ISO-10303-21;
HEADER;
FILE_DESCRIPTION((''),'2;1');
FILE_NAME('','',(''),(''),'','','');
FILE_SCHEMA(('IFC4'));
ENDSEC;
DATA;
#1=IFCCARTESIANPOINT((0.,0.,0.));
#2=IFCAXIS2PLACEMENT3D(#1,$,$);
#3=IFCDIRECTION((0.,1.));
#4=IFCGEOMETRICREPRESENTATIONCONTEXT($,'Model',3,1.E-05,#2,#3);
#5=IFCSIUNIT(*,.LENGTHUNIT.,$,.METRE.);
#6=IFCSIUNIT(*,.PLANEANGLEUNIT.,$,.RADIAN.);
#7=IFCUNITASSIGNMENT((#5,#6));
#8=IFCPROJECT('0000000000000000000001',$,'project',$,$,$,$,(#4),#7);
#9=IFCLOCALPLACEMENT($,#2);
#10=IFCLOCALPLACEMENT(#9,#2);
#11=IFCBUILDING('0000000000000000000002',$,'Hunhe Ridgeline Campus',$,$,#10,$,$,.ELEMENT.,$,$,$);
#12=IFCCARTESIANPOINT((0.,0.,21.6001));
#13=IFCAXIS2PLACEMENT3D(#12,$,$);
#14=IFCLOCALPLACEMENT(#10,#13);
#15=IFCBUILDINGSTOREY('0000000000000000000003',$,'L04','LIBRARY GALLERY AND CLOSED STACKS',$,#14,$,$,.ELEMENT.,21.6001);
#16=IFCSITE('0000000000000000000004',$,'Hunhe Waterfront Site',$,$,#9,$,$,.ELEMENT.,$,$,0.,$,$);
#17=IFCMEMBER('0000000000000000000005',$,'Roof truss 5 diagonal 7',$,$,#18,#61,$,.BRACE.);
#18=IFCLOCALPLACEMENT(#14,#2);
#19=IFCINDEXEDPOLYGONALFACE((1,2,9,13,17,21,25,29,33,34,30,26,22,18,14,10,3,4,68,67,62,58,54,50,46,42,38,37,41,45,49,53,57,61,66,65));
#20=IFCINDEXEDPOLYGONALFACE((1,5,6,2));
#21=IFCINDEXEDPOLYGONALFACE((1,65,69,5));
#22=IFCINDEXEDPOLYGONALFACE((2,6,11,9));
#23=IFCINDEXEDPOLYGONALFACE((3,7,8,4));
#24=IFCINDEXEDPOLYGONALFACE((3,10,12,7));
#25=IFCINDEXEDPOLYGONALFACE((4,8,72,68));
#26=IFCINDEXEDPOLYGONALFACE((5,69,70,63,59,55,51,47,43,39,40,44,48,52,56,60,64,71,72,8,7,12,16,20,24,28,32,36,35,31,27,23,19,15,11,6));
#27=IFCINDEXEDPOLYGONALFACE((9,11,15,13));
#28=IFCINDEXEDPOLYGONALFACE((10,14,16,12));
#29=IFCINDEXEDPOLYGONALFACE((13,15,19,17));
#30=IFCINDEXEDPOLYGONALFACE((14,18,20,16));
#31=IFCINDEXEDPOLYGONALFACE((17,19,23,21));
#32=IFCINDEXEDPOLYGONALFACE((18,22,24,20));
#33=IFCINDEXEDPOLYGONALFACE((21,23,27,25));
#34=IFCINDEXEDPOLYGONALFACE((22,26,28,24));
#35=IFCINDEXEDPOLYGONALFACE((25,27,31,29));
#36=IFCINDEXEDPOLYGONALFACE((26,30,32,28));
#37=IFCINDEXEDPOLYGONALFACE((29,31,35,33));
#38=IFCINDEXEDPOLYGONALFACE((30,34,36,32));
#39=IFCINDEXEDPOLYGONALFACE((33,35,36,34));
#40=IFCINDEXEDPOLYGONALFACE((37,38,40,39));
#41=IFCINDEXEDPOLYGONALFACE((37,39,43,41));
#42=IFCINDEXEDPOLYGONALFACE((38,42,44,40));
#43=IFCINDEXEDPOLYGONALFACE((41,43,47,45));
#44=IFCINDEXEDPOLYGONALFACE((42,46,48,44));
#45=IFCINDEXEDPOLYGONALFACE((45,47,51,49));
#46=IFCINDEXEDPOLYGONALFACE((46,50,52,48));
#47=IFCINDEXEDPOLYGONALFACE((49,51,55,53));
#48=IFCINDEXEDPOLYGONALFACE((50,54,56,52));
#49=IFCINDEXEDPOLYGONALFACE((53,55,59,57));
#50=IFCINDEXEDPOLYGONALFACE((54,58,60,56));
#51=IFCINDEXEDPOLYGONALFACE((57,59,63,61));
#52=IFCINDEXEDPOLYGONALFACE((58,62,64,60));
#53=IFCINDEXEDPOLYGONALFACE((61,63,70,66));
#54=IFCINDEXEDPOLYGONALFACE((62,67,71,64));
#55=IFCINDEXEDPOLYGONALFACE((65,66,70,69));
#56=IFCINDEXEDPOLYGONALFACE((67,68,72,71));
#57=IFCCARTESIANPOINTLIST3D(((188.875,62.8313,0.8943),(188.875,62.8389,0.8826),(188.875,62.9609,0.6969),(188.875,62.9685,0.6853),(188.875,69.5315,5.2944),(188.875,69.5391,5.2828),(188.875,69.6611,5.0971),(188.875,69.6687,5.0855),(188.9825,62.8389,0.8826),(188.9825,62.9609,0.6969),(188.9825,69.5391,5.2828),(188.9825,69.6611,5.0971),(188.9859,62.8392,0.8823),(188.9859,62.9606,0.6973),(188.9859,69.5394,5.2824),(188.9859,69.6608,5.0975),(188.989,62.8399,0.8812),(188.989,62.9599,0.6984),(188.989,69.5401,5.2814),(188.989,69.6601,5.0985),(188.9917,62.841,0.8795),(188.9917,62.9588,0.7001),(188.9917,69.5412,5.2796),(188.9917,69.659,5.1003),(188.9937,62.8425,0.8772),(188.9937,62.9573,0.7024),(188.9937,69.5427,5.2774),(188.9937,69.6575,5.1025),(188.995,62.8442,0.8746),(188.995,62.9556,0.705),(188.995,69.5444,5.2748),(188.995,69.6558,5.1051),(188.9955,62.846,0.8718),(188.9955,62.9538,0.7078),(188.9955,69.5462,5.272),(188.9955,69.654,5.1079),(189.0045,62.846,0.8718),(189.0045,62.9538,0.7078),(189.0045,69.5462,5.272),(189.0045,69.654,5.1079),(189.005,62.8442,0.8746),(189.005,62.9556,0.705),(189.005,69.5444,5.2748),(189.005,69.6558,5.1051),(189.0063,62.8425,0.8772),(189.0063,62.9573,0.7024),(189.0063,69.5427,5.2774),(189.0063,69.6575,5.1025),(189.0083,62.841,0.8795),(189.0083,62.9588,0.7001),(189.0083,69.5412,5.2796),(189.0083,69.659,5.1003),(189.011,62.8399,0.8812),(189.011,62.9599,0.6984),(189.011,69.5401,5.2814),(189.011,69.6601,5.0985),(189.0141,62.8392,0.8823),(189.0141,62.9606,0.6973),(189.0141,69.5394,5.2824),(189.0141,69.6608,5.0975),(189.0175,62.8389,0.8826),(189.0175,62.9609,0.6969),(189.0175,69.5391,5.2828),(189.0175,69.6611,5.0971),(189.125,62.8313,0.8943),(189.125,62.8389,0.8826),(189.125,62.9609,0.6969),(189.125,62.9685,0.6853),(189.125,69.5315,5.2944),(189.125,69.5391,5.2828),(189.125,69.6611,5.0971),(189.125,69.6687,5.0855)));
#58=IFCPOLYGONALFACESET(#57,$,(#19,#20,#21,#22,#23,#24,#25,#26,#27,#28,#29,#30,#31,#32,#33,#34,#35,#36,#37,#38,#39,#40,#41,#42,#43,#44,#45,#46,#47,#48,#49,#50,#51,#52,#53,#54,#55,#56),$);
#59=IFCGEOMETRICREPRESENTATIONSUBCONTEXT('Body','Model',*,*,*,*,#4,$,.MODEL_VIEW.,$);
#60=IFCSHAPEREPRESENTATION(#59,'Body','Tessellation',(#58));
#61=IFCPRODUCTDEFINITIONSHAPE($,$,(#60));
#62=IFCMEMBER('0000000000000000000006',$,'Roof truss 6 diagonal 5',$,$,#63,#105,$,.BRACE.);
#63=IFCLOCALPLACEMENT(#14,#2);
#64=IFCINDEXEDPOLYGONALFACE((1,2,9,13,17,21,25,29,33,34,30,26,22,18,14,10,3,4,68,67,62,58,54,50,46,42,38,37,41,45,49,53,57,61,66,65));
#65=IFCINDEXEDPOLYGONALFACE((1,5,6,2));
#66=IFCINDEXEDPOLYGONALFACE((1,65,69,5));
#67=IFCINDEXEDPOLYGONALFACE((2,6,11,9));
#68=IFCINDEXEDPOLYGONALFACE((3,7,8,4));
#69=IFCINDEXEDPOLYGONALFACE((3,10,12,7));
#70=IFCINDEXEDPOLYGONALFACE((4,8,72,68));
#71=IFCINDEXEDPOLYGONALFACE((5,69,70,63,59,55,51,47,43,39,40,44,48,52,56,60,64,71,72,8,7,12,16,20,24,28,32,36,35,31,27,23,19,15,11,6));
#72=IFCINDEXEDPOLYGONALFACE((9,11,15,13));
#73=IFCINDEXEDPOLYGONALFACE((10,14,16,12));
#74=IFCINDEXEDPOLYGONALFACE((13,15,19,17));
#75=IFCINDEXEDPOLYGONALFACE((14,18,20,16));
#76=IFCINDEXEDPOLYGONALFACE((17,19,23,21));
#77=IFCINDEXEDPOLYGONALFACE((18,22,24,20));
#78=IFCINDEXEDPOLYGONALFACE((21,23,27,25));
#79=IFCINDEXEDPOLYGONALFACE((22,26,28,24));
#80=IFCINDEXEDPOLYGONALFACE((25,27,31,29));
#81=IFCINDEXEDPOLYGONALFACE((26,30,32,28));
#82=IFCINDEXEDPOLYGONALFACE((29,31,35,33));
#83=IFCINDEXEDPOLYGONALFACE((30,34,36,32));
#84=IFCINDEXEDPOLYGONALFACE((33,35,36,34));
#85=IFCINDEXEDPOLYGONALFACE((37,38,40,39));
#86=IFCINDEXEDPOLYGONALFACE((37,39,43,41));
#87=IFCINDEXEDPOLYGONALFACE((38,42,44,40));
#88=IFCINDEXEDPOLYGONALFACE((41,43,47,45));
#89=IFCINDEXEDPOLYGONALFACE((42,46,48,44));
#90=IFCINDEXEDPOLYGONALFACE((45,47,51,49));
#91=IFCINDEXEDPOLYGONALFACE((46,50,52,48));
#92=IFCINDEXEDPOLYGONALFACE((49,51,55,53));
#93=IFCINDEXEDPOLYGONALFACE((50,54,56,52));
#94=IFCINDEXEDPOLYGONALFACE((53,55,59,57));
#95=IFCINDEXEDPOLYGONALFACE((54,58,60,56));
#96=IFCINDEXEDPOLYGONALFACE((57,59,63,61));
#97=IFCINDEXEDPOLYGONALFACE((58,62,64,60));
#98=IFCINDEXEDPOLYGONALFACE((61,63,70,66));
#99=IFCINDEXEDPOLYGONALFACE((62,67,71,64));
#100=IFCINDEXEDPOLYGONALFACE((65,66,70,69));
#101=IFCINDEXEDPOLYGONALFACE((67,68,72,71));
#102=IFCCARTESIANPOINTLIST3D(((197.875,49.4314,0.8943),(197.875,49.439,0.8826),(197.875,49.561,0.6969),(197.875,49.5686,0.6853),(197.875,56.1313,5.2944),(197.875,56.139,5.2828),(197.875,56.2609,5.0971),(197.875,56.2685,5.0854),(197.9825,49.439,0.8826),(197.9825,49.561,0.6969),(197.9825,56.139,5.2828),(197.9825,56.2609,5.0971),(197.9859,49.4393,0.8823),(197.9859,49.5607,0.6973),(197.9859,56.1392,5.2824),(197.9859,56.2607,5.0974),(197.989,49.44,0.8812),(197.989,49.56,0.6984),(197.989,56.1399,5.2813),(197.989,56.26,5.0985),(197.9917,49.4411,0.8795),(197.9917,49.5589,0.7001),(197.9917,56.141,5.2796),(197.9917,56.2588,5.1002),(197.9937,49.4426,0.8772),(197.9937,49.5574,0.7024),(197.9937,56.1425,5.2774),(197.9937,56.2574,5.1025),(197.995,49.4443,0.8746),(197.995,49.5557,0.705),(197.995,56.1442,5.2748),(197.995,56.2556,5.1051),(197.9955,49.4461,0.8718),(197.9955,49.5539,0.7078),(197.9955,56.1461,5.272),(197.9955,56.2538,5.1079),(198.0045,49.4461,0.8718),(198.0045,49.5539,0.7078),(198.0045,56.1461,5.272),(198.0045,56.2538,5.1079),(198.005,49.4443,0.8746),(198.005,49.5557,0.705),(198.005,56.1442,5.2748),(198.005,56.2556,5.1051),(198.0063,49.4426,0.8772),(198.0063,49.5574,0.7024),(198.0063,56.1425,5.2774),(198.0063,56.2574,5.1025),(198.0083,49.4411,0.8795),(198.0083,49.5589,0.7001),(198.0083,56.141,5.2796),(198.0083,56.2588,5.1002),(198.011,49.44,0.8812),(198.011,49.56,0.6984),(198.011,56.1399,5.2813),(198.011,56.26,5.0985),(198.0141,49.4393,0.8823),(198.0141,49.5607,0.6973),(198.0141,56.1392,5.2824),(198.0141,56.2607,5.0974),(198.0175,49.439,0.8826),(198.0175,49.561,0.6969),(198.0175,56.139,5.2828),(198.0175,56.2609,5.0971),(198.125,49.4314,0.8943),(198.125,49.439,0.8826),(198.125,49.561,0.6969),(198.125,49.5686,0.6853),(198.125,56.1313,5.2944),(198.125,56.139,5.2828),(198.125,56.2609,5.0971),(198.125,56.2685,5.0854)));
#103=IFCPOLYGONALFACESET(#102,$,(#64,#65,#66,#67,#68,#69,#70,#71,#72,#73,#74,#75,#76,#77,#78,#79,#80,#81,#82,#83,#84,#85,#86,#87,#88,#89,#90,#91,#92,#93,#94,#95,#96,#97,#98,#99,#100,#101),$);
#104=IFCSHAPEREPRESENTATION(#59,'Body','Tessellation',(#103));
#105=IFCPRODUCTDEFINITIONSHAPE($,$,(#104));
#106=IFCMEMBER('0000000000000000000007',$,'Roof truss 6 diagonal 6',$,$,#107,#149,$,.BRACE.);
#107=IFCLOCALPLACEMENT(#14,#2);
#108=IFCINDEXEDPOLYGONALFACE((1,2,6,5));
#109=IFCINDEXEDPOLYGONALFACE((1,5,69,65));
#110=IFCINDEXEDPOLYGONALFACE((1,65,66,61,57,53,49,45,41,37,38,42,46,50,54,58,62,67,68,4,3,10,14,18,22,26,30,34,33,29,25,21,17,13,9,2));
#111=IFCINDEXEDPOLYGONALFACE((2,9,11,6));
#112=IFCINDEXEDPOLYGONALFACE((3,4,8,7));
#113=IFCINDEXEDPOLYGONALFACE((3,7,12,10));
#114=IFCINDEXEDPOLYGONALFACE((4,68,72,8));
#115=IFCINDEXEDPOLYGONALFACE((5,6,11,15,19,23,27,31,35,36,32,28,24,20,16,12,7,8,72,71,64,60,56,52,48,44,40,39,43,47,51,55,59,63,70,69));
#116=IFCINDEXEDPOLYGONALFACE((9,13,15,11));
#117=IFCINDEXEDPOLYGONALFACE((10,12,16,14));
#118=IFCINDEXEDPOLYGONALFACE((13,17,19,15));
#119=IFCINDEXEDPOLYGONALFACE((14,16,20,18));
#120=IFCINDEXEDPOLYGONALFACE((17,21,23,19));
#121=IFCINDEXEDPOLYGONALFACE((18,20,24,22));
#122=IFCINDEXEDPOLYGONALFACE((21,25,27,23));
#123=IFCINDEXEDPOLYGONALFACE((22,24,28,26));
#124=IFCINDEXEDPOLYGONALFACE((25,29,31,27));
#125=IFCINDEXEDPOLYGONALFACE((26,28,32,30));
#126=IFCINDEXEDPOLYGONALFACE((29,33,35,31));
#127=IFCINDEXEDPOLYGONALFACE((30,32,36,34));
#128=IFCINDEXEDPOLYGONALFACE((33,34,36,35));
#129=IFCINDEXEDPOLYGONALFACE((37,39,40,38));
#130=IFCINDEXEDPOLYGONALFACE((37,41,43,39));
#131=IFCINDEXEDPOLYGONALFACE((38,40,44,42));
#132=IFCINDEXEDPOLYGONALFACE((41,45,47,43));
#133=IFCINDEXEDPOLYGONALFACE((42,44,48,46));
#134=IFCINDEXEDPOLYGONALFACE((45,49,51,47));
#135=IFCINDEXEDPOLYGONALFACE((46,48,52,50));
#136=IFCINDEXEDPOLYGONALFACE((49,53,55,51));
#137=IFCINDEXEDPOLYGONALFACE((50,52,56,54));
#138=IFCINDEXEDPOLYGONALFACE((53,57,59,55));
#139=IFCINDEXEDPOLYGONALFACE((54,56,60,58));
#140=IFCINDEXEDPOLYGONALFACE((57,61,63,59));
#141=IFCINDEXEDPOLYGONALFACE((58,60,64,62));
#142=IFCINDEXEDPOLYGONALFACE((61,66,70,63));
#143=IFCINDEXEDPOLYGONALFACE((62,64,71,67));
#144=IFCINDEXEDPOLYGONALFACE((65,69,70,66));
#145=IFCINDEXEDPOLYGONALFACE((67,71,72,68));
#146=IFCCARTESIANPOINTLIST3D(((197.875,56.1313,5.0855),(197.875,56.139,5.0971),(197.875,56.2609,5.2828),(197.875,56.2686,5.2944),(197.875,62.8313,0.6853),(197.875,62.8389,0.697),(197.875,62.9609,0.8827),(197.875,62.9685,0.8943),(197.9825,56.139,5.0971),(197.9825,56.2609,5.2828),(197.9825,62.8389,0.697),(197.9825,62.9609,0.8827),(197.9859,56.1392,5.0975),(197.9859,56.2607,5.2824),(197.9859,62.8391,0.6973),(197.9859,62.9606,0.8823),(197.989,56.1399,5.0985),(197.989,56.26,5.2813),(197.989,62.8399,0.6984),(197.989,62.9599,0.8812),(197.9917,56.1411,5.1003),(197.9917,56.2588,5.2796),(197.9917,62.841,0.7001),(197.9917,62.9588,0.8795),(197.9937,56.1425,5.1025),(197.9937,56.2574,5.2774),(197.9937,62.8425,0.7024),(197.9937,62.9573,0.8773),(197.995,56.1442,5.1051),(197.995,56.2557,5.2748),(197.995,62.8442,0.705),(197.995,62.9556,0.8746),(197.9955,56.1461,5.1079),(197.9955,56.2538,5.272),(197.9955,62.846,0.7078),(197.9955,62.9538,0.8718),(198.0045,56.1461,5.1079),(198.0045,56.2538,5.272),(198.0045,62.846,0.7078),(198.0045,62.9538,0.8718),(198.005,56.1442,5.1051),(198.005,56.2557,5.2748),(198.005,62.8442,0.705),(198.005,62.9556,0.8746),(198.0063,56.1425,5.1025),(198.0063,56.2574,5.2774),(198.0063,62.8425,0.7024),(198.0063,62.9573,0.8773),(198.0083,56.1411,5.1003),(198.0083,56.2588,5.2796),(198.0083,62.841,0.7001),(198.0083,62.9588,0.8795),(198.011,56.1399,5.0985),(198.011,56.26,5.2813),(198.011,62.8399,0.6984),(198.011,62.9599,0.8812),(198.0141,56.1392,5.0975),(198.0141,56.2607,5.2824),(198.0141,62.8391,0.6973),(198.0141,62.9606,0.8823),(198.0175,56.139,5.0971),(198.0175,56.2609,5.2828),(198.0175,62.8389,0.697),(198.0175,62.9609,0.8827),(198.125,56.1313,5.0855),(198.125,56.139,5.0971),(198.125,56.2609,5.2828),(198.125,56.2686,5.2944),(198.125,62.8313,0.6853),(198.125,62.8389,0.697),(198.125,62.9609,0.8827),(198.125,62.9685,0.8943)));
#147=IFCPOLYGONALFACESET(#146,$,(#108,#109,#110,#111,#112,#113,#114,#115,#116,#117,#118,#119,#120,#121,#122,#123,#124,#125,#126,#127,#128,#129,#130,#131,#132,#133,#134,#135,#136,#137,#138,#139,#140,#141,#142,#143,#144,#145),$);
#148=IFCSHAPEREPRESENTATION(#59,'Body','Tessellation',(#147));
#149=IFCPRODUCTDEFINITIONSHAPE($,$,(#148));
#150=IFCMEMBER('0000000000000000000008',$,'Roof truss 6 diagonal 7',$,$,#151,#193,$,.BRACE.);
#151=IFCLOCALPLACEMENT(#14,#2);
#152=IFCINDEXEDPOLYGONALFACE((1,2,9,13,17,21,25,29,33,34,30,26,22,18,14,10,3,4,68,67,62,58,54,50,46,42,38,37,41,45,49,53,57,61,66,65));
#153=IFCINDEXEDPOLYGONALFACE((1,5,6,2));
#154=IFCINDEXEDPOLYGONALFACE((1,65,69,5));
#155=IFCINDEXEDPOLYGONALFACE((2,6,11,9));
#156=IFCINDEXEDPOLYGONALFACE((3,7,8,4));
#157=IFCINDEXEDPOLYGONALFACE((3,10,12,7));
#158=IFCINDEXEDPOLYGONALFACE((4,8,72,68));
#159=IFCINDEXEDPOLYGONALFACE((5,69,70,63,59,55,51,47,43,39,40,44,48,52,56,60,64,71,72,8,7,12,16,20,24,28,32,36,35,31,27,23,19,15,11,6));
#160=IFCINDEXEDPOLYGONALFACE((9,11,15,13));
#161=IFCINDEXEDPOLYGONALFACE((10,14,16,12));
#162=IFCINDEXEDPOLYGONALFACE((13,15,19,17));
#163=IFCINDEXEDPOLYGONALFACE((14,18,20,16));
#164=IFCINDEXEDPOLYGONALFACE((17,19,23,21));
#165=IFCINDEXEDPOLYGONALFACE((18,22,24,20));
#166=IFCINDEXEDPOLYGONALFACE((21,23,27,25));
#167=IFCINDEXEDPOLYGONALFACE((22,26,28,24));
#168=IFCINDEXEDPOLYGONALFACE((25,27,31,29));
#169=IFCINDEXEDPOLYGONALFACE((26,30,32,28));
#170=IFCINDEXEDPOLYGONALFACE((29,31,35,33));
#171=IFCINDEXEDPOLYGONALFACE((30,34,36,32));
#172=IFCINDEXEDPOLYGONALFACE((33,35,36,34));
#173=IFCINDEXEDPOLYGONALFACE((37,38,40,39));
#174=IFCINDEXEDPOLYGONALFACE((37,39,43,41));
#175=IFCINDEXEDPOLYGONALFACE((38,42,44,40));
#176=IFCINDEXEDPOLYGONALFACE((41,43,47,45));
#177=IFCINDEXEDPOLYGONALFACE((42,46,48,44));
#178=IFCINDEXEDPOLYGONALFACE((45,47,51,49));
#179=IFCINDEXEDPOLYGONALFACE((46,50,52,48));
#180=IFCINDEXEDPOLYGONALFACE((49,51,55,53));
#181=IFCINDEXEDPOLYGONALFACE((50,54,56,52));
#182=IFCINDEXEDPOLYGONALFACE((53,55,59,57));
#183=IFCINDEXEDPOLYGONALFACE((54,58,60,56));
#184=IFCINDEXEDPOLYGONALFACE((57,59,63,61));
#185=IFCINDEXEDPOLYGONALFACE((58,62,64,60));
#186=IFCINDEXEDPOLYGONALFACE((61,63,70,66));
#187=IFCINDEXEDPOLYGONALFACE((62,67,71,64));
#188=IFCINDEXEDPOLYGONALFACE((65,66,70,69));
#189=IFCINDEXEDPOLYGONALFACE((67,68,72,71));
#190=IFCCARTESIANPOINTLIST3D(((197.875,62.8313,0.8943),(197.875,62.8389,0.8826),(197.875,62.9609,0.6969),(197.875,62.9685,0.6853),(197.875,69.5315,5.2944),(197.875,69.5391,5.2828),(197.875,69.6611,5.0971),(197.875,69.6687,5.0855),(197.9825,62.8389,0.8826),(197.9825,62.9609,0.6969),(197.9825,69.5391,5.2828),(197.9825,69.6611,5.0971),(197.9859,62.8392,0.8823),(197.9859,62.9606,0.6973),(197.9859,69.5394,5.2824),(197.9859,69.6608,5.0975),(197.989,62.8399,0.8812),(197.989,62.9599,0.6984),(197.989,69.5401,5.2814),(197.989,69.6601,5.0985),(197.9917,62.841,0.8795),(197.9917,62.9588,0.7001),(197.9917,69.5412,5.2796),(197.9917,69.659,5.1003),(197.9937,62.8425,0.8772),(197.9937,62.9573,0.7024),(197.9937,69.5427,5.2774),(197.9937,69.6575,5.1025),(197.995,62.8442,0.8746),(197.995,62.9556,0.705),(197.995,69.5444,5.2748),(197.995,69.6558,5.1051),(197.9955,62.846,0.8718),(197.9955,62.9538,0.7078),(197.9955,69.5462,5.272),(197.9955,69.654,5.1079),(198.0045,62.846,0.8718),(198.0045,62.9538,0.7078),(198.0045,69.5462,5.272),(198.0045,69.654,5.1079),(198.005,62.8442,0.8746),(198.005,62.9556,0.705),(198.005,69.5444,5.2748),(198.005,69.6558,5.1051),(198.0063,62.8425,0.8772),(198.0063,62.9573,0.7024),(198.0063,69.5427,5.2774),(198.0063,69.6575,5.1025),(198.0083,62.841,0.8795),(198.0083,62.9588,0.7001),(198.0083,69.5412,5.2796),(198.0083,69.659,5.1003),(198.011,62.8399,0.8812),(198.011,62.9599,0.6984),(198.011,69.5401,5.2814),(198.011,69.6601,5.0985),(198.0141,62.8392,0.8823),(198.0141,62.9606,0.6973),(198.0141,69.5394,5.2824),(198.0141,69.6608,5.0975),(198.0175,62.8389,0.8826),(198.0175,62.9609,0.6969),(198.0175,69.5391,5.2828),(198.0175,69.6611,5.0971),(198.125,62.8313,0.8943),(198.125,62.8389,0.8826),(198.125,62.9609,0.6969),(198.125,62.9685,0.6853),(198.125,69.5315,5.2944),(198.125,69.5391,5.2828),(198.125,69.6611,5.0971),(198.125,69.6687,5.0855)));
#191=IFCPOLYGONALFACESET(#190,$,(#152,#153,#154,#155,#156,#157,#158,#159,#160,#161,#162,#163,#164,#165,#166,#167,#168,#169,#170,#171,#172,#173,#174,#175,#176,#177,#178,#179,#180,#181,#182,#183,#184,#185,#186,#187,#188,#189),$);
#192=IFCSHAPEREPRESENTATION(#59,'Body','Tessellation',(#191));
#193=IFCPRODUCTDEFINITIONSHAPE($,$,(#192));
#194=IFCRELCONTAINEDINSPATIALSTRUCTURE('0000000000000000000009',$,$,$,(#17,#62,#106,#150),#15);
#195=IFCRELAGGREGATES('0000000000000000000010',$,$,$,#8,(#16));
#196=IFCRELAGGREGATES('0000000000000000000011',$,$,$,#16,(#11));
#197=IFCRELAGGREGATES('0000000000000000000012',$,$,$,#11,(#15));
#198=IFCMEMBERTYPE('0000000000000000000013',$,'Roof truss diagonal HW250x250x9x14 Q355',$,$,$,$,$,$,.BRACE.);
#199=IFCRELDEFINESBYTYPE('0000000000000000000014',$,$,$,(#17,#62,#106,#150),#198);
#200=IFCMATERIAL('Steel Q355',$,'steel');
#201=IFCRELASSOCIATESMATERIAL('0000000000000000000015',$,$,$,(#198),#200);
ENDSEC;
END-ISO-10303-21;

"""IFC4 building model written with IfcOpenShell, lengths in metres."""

from ifc_helpers import new_model, si_unit, direction, frame, origin, origin_2d, place, context, subcontext, project, spatial, i_section, extrude, material, material_profile, profile_set, type_object, element, save


model = new_model("IFC4")

# Units and contexts
model_context = context("Model", 3, precision=1e-05, world=origin(), true_north=direction((0.0, 1.0)))
body_context = subcontext(model_context, "Body", "Model", "MODEL_VIEW")
ifc_project = project(units=[si_unit("LENGTHUNIT", "METRE"), si_unit("PLANEANGLEUNIT", "RADIAN")], contexts=[model_context])

# Site, building, storey
site_placement = place(None, origin())
site = spatial("IfcSite", under=ifc_project, at=site_placement, Name="Hunhe Waterfront Site", CompositionType="ELEMENT", RefElevation=0.0)
building_placement = place(site_placement, origin())
building = spatial("IfcBuilding", under=site, at=building_placement, Name="Hunhe Ridgeline Campus", CompositionType="ELEMENT")
storey_placement = place(building_placement, frame((0.0, 0.0, 21.6001)))
storey = spatial("IfcBuildingStorey", under=building, at=storey_placement, Name="L04", Description="LIBRARY GALLERY AND CLOSED STACKS", CompositionType="ELEMENT", Elevation=21.6001)

# Members
ifc_material_1 = material(Name="Steel Q355", Category="steel")
ifc_material_profile_1 = material_profile(ifc_material_1, i_section(OverallWidth=0.25, OverallDepth=0.25, WebThickness=0.009, FlangeThickness=0.0139, FilletRadius=0.0129, at=origin_2d()))
ifc_profile_set_1 = profile_set([ifc_material_profile_1], Name="Steel Q355")
member_type_1 = type_object("IfcMemberType", Name="Roof truss diagonal HW250x250x9x14 Q355", PredefinedType="BRACE", material=ifc_profile_set_1)
member_1_placement = place(storey_placement, frame((189.0, 62.8999, 0.7898), z_axis=(0.0, 0.835868, 0.548931), x_axis=(-1.0, 0.0, 0.0)))
element("IfcMember", 1, at=member_1_placement, inside=storey, type_object=member_type_1, Name="Roof truss 5 diagonal 7", PredefinedType="BRACE", context=body_context, shape_type="SweptSolid", body=[
    extrude(i_section(OverallWidth=0.25, OverallDepth=0.25, WebThickness=0.009, FlangeThickness=0.0139, FilletRadius=0.0129, at=origin_2d()), origin(), (0.0, 0.0, 1.0), 8.0159),
])
for number, where, z_axis, x_axis, name in (
    (2, (198.0, 49.5, 0.7898), (0.0, 0.835859, 0.548944), (-1.0, 0.0, 0.0), "Roof truss 6 diagonal 5"),
    (3, (198.0, 56.2, 5.1899), (0.0, 0.835859, -0.548944), (-1.0, 0.0, 0.0), "Roof truss 6 diagonal 6"),
):
    element("IfcMember", number, at=place(storey_placement, frame(where, z_axis=z_axis, x_axis=x_axis)), inside=storey, type_object=member_type_1, Name=name, PredefinedType="BRACE", context=body_context, shape_type="SweptSolid", body=[
        extrude(i_section(OverallWidth=0.25, OverallDepth=0.25, WebThickness=0.009, FlangeThickness=0.0139, FilletRadius=0.0129, at=origin_2d()), origin(), (0.0, 0.0, 1.0), 8.0156),
    ])
member_2_placement = place(storey_placement, frame((198.0, 62.8999, 0.7898), z_axis=(0.0, 0.835868, 0.548931), x_axis=(-1.0, 0.0, 0.0)))
element("IfcMember", 4, at=member_2_placement, inside=storey, type_object=member_type_1, Name="Roof truss 6 diagonal 7", PredefinedType="BRACE", context=body_context, shape_type="SweptSolid", body=[
    extrude(i_section(OverallWidth=0.25, OverallDepth=0.25, WebThickness=0.009, FlangeThickness=0.0139, FilletRadius=0.0129, at=origin_2d()), origin(), (0.0, 0.0, 1.0), 8.0159),
])

save(model, "model.ifc")
